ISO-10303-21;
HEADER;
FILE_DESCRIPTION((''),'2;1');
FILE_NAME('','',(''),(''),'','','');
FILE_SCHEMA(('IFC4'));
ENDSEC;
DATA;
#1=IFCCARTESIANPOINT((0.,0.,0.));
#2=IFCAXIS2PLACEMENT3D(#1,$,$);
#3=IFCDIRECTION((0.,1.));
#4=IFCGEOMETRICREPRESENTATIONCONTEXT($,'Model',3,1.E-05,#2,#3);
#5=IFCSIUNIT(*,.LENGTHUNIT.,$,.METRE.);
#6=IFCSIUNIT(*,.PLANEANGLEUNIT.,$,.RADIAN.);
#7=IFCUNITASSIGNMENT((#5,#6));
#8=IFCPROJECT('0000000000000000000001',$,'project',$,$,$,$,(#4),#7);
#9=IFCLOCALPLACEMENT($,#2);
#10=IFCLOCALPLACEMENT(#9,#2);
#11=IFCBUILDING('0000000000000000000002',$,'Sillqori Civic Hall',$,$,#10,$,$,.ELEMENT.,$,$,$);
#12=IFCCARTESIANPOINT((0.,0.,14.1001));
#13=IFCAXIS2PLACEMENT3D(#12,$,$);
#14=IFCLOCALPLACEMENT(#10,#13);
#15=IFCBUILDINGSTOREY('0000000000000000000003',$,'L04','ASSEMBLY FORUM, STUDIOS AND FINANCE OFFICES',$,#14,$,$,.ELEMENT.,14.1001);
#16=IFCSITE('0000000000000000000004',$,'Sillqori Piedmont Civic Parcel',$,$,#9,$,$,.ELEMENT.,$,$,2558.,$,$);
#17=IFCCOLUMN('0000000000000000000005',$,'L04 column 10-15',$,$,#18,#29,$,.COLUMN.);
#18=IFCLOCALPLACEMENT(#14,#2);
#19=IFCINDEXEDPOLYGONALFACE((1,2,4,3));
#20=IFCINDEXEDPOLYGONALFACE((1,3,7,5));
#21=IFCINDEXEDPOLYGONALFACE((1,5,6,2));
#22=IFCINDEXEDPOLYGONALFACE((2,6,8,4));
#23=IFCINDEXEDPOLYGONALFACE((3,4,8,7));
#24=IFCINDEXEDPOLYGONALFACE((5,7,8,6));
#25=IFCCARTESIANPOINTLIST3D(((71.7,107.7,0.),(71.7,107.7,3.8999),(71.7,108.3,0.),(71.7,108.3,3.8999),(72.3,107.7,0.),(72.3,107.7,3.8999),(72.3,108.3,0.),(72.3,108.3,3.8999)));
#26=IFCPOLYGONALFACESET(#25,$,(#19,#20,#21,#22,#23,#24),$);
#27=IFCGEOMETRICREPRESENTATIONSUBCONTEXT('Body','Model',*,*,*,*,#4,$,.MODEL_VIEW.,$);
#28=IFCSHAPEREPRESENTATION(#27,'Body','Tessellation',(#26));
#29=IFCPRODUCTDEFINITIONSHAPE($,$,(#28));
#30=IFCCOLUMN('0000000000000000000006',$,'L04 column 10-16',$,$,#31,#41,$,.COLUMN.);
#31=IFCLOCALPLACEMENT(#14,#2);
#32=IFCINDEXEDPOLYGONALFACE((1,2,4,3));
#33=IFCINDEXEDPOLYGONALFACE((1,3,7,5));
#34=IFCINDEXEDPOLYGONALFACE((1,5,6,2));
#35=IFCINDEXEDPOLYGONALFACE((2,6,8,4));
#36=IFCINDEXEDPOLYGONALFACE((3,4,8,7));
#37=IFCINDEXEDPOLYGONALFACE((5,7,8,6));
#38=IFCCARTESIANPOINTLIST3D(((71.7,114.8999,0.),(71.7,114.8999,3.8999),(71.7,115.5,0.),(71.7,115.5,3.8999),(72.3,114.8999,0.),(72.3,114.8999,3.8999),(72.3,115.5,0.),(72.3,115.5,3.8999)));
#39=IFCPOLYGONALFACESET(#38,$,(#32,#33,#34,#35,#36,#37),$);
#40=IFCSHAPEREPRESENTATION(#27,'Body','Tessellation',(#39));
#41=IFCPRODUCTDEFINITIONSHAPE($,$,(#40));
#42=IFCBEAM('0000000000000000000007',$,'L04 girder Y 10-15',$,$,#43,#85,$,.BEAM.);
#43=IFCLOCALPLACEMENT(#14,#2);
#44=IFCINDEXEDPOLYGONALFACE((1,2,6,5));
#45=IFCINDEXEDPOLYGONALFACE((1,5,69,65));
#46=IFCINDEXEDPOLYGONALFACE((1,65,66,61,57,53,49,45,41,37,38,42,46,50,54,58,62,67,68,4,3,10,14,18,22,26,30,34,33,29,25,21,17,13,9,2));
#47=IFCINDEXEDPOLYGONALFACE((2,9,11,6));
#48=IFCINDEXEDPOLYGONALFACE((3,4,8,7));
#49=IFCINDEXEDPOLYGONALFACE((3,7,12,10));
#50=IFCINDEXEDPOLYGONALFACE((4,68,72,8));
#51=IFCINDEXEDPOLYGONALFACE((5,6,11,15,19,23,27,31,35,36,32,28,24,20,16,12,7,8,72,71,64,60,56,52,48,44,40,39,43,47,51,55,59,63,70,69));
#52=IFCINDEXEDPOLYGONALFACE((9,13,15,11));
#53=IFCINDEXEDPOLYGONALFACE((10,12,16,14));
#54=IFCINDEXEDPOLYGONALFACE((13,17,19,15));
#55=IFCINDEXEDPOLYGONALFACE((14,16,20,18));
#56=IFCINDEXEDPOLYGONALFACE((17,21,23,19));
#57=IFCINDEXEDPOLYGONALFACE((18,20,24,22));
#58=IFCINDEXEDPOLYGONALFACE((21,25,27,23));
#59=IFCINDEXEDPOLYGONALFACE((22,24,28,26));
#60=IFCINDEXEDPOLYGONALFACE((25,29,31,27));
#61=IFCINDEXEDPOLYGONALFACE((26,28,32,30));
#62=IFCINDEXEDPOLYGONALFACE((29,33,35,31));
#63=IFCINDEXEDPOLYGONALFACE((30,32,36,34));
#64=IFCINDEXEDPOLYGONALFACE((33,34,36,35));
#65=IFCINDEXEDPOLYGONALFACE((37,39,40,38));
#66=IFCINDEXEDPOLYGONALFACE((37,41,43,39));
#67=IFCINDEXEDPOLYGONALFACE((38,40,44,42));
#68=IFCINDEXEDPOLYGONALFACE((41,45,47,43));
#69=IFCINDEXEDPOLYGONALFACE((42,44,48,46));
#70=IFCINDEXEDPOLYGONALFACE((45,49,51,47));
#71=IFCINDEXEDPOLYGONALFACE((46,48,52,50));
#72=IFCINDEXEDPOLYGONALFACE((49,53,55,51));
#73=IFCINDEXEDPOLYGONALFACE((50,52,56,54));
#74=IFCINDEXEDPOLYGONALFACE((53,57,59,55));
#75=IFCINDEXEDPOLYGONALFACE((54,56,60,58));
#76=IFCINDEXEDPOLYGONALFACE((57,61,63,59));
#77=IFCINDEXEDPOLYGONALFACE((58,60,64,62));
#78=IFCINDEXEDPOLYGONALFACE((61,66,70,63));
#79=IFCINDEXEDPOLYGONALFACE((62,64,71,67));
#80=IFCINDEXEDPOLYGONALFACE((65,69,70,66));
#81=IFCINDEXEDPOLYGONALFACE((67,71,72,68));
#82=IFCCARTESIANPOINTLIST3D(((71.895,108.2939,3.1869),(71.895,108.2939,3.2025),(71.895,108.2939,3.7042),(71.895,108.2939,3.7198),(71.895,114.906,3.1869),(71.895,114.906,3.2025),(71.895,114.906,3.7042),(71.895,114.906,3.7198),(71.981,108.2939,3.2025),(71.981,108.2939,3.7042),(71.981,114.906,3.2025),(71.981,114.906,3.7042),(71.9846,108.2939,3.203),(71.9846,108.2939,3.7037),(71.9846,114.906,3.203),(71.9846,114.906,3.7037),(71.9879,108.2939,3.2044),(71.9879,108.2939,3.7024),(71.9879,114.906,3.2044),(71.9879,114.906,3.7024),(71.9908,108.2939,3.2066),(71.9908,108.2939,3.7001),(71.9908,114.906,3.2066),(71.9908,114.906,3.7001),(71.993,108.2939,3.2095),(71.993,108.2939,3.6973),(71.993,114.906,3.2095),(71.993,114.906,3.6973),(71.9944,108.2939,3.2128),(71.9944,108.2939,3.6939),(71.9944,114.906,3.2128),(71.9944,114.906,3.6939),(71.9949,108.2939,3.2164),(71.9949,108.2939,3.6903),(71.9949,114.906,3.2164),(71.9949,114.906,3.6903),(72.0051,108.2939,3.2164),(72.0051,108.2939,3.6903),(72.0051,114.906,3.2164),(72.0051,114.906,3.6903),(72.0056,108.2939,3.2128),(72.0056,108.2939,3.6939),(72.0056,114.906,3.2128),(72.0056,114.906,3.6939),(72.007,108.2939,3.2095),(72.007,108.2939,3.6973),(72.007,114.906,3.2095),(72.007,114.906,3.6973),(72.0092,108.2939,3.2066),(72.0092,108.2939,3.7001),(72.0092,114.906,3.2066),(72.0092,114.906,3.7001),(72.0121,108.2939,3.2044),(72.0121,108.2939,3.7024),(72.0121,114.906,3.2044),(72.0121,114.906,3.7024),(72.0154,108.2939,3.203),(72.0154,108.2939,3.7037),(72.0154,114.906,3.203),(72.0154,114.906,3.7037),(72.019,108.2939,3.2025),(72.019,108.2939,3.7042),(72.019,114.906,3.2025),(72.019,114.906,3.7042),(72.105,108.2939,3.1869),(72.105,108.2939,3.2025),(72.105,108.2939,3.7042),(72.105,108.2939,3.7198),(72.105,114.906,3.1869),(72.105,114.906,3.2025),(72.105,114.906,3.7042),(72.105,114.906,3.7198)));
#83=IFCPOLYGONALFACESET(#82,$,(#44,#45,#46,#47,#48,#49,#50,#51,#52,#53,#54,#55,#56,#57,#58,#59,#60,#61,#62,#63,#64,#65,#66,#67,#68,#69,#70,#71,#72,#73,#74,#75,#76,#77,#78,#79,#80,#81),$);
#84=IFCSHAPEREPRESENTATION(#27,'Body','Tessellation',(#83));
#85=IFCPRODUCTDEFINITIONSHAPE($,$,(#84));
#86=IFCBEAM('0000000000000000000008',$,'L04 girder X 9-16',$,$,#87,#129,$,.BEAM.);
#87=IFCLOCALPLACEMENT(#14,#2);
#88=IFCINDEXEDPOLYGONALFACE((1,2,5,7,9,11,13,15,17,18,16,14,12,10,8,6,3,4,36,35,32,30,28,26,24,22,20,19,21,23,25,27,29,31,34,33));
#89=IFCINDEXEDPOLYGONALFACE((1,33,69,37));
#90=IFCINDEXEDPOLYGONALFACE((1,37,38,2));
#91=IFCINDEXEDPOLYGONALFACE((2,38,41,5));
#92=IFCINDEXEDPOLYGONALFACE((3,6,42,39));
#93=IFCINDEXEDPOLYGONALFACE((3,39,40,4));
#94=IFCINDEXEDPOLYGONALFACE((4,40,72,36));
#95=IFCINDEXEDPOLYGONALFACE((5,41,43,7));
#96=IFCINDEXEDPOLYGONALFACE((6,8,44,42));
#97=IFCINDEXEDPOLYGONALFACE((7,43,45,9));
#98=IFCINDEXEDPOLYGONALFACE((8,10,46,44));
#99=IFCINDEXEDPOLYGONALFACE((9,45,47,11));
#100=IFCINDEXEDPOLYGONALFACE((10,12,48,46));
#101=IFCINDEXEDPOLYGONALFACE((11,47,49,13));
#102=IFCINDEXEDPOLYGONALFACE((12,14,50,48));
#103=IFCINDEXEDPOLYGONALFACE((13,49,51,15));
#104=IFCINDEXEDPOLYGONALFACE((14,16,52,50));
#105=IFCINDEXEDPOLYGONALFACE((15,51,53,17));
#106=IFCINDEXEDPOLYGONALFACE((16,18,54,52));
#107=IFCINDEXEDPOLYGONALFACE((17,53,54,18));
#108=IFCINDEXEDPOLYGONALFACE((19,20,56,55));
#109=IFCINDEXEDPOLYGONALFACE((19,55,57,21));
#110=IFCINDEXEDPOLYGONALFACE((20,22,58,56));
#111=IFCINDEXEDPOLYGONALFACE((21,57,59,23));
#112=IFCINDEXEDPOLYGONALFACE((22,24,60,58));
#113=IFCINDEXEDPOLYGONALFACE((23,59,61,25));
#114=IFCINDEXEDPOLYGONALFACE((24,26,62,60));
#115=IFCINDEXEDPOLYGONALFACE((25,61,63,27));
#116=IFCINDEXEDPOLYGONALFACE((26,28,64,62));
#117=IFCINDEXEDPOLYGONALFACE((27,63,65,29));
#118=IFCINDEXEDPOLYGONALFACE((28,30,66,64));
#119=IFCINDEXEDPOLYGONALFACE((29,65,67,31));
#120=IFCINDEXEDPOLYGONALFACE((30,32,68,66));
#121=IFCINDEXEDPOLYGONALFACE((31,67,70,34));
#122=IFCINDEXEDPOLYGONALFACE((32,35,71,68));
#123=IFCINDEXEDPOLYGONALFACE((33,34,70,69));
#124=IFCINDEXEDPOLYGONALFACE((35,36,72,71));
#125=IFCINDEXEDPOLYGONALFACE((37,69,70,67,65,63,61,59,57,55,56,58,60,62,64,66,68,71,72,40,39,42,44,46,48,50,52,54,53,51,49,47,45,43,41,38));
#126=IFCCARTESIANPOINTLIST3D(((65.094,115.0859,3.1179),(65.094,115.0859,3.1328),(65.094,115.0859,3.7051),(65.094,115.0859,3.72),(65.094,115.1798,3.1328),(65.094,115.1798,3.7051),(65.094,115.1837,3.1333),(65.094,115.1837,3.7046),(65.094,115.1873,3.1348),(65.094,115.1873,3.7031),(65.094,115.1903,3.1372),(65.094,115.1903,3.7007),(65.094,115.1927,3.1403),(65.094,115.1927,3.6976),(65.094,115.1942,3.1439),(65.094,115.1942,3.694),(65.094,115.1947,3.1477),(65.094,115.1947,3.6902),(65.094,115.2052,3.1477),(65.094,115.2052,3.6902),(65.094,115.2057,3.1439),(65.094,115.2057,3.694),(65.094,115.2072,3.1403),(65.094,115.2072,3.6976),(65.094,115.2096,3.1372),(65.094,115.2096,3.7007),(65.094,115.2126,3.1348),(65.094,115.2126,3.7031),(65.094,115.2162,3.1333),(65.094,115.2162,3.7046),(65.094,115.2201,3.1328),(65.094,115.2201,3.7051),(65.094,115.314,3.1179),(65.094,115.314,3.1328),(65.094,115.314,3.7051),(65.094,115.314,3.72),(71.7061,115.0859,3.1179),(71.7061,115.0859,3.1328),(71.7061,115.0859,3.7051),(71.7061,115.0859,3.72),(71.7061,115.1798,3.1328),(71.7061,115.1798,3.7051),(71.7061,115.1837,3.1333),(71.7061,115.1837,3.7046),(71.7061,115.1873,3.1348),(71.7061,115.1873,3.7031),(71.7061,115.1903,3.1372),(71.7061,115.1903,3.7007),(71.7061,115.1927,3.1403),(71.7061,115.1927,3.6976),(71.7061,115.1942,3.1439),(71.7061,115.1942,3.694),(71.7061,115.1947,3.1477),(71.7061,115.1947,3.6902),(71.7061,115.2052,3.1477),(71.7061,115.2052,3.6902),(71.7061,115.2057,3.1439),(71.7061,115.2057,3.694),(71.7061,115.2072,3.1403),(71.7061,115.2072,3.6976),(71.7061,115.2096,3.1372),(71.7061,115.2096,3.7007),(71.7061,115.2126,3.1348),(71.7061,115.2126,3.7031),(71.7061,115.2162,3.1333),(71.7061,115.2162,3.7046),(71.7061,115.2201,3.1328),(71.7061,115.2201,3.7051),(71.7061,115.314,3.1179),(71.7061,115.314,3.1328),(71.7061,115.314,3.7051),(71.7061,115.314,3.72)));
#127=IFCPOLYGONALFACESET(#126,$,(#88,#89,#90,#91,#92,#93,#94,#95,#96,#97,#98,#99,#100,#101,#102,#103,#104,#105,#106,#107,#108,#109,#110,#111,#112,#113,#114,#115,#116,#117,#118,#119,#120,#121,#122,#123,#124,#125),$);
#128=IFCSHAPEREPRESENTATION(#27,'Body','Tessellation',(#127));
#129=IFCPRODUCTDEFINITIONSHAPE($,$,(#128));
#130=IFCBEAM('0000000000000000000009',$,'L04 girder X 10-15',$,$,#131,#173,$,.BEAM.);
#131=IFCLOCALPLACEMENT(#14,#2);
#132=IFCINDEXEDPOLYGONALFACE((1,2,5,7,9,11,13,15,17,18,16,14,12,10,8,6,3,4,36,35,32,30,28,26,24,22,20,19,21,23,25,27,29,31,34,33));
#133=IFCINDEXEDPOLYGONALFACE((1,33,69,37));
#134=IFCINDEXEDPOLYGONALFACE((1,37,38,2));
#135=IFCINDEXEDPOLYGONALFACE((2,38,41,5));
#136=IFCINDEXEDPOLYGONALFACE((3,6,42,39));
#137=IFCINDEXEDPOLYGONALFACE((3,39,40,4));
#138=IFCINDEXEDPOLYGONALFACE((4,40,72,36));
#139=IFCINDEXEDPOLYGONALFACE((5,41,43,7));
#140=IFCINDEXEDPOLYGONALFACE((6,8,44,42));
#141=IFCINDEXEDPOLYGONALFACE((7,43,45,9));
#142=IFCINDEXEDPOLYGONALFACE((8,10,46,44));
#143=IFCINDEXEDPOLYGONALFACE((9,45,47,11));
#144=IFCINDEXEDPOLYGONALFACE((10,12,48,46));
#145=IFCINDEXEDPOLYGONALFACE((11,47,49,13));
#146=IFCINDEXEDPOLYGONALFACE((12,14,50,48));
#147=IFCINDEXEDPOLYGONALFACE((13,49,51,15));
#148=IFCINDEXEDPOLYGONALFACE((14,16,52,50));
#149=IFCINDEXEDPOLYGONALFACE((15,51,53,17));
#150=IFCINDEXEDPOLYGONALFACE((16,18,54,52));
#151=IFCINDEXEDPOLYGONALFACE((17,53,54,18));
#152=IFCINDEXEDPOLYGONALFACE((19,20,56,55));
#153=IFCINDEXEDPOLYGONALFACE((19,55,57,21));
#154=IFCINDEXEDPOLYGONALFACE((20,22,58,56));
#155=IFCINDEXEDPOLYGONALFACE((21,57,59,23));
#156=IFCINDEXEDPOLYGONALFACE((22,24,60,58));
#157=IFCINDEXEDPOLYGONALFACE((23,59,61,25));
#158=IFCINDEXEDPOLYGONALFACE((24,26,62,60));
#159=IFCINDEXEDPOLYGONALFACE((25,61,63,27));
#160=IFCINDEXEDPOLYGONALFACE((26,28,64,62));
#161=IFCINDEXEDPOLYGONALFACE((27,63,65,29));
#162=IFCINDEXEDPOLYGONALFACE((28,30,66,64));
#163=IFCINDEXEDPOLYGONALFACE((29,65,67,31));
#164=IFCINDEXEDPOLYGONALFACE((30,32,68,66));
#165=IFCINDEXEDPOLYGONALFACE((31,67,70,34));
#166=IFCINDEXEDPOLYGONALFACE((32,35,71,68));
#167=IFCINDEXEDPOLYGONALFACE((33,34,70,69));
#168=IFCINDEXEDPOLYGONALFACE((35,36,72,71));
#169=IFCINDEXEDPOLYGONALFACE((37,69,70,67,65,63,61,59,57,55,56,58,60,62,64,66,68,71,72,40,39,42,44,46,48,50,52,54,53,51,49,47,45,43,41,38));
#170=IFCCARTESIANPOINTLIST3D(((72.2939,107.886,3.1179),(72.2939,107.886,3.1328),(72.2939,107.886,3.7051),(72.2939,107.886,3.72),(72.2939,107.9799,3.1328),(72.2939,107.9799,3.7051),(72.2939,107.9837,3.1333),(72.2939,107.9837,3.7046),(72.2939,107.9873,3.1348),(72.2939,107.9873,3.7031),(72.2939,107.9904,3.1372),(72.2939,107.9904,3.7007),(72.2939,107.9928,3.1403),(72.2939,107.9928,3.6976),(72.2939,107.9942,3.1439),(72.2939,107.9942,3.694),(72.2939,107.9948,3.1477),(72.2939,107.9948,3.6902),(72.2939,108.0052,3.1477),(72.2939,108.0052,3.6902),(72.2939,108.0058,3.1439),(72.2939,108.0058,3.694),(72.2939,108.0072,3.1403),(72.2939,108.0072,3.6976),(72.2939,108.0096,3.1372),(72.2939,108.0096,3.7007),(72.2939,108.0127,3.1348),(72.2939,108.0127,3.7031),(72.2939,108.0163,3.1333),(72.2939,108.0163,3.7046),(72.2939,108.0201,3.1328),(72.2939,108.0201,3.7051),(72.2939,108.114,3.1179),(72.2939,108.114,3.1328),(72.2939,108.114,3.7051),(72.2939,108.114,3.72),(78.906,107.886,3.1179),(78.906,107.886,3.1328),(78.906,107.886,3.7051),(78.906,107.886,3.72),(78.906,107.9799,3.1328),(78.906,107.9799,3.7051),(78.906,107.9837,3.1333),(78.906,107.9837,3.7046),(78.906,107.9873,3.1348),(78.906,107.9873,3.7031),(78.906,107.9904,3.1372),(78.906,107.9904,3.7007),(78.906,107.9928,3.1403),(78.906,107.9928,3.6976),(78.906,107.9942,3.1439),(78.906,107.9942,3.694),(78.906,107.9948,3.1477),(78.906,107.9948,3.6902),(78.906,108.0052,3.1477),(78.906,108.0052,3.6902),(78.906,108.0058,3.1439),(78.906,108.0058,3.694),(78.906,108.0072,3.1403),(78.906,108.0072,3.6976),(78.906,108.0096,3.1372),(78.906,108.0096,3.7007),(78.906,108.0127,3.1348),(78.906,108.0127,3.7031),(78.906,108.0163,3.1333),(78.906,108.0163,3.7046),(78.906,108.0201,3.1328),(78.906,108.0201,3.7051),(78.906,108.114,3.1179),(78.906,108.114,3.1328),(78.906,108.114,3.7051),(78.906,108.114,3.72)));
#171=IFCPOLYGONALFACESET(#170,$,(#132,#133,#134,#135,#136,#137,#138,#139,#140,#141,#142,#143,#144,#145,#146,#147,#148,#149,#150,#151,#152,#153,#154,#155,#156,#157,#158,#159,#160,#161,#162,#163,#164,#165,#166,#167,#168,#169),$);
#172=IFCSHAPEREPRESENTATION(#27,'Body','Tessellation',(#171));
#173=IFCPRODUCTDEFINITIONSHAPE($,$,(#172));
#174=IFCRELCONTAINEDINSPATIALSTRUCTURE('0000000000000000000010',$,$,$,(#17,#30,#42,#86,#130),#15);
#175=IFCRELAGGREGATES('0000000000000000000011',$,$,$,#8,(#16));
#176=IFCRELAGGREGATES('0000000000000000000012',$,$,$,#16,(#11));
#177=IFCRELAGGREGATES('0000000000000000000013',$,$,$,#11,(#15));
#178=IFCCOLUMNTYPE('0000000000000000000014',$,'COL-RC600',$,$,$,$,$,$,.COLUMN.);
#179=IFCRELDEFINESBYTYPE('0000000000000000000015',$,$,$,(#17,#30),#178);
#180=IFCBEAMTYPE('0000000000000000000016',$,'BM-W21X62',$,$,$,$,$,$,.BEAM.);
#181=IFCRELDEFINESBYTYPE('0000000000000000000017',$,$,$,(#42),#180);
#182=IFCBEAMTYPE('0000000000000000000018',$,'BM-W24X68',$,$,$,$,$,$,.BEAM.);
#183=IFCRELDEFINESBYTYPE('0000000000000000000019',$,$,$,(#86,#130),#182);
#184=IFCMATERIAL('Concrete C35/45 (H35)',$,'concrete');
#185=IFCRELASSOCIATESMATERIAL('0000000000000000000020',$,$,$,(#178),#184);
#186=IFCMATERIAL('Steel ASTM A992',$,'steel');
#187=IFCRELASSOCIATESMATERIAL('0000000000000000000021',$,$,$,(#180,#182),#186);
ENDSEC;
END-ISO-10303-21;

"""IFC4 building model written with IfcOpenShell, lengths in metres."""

from ifc_helpers import new_model, si_unit, direction, frame, origin, origin_2d, place, context, subcontext, project, spatial, rectangle, i_section, extrude, material, material_profile, profile_set, type_object, element, save


model = new_model("IFC4")

# Units and contexts
model_context = context("Model", 3, precision=1e-05, world=origin(), true_north=direction((0.0, 1.0)))
body_context = subcontext(model_context, "Body", "Model", "MODEL_VIEW")
ifc_project = project(units=[si_unit("LENGTHUNIT", "METRE"), si_unit("PLANEANGLEUNIT", "RADIAN")], contexts=[model_context])

# Site, building, storey
site_placement = place(None, origin())
site = spatial("IfcSite", under=ifc_project, at=site_placement, Name="Sillqori Piedmont Civic Parcel", CompositionType="ELEMENT", RefElevation=2558.0)
building_placement = place(site_placement, origin())
building = spatial("IfcBuilding", under=site, at=building_placement, Name="Sillqori Civic Hall", CompositionType="ELEMENT")
storey_placement = place(building_placement, frame((0.0, 0.0, 14.1001)))
storey = spatial("IfcBuildingStorey", under=building, at=storey_placement, Name="L04", Description="ASSEMBLY FORUM, STUDIOS AND FINANCE OFFICES", CompositionType="ELEMENT", Elevation=14.1001)

# Columns
ifc_material_1 = material(Name="Concrete C35/45 (H35)", Category="concrete")
ifc_material_profile_1 = material_profile(ifc_material_1, rectangle(XDim=0.6001, YDim=0.6001, at=origin_2d()), Name="RC 600x600")
ifc_profile_set_1 = profile_set([ifc_material_profile_1], Name="Concrete C35/45 (H35)")
column_type = type_object("IfcColumnType", Name="COL-RC600", PredefinedType="COLUMN", material=ifc_profile_set_1)
for number, where, z_axis, x_axis, name in (
    (1, (72.0, 108.0, 0.0), (0.0, 0.0, 1.0), (1.0, 0.0, 0.0), "L04 column 10-15"),
    (2, (72.0, 115.2, 0.0), (0.0, 0.0, 1.0), (1.0, 0.0, 0.0), "L04 column 10-16"),
):
    element("IfcColumn", number, at=place(storey_placement, frame(where, z_axis=z_axis, x_axis=x_axis)), inside=storey, type_object=column_type, Name=name, PredefinedType="COLUMN", context=body_context, shape_type="SweptSolid", body=[
        extrude(rectangle(XDim=0.6001, YDim=0.6001, at=origin_2d()), origin(), (0.0, 0.0, 1.0), 3.8999),
    ])

# Beams
ifc_material_2 = material(Name="Steel ASTM A992", Category="steel")
ifc_material_profile_2 = material_profile(ifc_material_2, i_section(OverallWidth=0.21, OverallDepth=0.533, WebThickness=0.0103, FlangeThickness=0.0156, FilletRadius=0.0139, at=origin_2d()), Name="W21X62")
ifc_profile_set_2 = profile_set([ifc_material_profile_2], Name="Steel ASTM A992")
beam_type_1 = type_object("IfcBeamType", Name="BM-W21X62", PredefinedType="BEAM", material=ifc_profile_set_2)
beam_placement = place(storey_placement, frame((72.0, 108.2939, 3.4534), z_axis=(0.0, 1.0, 0.0), x_axis=(-1.0, 0.0, 0.0)))
element("IfcBeam", 3, at=beam_placement, inside=storey, type_object=beam_type_1, Name="L04 girder Y 10-15", PredefinedType="BEAM", context=body_context, shape_type="SweptSolid", body=[
    extrude(i_section(OverallWidth=0.21, OverallDepth=0.533, WebThickness=0.0103, FlangeThickness=0.0156, FilletRadius=0.0139, at=origin_2d()), origin(), (0.0, 0.0, 1.0), 6.6121),
])
ifc_material_profile_3 = material_profile(ifc_material_2, i_section(OverallWidth=0.228, OverallDepth=0.6021, WebThickness=0.0105, FlangeThickness=0.0149, FilletRadius=0.0149, at=origin_2d()), Name="W24X68")
ifc_profile_set_3 = profile_set([ifc_material_profile_3], Name="Steel ASTM A992")
beam_type_2 = type_object("IfcBeamType", Name="BM-W24X68", PredefinedType="BEAM", material=ifc_profile_set_3)
for number, where, z_axis, x_axis, name in (
    (4, (65.094, 115.2, 3.4189), (1.0, 0.0, 0.0), (0.0, 1.0, 0.0), "L04 girder X 9-16"),
    (5, (72.2939, 108.0, 3.4189), (1.0, 0.0, 0.0), (0.0, 1.0, 0.0), "L04 girder X 10-15"),
):
    element("IfcBeam", number, at=place(storey_placement, frame(where, z_axis=z_axis, x_axis=x_axis)), inside=storey, type_object=beam_type_2, Name=name, PredefinedType="BEAM", context=body_context, shape_type="SweptSolid", body=[
        extrude(i_section(OverallWidth=0.228, OverallDepth=0.6021, WebThickness=0.0105, FlangeThickness=0.0149, FilletRadius=0.0149, at=origin_2d()), origin(), (0.0, 0.0, 1.0), 6.6121),
    ])

save(model, "model.ifc")
